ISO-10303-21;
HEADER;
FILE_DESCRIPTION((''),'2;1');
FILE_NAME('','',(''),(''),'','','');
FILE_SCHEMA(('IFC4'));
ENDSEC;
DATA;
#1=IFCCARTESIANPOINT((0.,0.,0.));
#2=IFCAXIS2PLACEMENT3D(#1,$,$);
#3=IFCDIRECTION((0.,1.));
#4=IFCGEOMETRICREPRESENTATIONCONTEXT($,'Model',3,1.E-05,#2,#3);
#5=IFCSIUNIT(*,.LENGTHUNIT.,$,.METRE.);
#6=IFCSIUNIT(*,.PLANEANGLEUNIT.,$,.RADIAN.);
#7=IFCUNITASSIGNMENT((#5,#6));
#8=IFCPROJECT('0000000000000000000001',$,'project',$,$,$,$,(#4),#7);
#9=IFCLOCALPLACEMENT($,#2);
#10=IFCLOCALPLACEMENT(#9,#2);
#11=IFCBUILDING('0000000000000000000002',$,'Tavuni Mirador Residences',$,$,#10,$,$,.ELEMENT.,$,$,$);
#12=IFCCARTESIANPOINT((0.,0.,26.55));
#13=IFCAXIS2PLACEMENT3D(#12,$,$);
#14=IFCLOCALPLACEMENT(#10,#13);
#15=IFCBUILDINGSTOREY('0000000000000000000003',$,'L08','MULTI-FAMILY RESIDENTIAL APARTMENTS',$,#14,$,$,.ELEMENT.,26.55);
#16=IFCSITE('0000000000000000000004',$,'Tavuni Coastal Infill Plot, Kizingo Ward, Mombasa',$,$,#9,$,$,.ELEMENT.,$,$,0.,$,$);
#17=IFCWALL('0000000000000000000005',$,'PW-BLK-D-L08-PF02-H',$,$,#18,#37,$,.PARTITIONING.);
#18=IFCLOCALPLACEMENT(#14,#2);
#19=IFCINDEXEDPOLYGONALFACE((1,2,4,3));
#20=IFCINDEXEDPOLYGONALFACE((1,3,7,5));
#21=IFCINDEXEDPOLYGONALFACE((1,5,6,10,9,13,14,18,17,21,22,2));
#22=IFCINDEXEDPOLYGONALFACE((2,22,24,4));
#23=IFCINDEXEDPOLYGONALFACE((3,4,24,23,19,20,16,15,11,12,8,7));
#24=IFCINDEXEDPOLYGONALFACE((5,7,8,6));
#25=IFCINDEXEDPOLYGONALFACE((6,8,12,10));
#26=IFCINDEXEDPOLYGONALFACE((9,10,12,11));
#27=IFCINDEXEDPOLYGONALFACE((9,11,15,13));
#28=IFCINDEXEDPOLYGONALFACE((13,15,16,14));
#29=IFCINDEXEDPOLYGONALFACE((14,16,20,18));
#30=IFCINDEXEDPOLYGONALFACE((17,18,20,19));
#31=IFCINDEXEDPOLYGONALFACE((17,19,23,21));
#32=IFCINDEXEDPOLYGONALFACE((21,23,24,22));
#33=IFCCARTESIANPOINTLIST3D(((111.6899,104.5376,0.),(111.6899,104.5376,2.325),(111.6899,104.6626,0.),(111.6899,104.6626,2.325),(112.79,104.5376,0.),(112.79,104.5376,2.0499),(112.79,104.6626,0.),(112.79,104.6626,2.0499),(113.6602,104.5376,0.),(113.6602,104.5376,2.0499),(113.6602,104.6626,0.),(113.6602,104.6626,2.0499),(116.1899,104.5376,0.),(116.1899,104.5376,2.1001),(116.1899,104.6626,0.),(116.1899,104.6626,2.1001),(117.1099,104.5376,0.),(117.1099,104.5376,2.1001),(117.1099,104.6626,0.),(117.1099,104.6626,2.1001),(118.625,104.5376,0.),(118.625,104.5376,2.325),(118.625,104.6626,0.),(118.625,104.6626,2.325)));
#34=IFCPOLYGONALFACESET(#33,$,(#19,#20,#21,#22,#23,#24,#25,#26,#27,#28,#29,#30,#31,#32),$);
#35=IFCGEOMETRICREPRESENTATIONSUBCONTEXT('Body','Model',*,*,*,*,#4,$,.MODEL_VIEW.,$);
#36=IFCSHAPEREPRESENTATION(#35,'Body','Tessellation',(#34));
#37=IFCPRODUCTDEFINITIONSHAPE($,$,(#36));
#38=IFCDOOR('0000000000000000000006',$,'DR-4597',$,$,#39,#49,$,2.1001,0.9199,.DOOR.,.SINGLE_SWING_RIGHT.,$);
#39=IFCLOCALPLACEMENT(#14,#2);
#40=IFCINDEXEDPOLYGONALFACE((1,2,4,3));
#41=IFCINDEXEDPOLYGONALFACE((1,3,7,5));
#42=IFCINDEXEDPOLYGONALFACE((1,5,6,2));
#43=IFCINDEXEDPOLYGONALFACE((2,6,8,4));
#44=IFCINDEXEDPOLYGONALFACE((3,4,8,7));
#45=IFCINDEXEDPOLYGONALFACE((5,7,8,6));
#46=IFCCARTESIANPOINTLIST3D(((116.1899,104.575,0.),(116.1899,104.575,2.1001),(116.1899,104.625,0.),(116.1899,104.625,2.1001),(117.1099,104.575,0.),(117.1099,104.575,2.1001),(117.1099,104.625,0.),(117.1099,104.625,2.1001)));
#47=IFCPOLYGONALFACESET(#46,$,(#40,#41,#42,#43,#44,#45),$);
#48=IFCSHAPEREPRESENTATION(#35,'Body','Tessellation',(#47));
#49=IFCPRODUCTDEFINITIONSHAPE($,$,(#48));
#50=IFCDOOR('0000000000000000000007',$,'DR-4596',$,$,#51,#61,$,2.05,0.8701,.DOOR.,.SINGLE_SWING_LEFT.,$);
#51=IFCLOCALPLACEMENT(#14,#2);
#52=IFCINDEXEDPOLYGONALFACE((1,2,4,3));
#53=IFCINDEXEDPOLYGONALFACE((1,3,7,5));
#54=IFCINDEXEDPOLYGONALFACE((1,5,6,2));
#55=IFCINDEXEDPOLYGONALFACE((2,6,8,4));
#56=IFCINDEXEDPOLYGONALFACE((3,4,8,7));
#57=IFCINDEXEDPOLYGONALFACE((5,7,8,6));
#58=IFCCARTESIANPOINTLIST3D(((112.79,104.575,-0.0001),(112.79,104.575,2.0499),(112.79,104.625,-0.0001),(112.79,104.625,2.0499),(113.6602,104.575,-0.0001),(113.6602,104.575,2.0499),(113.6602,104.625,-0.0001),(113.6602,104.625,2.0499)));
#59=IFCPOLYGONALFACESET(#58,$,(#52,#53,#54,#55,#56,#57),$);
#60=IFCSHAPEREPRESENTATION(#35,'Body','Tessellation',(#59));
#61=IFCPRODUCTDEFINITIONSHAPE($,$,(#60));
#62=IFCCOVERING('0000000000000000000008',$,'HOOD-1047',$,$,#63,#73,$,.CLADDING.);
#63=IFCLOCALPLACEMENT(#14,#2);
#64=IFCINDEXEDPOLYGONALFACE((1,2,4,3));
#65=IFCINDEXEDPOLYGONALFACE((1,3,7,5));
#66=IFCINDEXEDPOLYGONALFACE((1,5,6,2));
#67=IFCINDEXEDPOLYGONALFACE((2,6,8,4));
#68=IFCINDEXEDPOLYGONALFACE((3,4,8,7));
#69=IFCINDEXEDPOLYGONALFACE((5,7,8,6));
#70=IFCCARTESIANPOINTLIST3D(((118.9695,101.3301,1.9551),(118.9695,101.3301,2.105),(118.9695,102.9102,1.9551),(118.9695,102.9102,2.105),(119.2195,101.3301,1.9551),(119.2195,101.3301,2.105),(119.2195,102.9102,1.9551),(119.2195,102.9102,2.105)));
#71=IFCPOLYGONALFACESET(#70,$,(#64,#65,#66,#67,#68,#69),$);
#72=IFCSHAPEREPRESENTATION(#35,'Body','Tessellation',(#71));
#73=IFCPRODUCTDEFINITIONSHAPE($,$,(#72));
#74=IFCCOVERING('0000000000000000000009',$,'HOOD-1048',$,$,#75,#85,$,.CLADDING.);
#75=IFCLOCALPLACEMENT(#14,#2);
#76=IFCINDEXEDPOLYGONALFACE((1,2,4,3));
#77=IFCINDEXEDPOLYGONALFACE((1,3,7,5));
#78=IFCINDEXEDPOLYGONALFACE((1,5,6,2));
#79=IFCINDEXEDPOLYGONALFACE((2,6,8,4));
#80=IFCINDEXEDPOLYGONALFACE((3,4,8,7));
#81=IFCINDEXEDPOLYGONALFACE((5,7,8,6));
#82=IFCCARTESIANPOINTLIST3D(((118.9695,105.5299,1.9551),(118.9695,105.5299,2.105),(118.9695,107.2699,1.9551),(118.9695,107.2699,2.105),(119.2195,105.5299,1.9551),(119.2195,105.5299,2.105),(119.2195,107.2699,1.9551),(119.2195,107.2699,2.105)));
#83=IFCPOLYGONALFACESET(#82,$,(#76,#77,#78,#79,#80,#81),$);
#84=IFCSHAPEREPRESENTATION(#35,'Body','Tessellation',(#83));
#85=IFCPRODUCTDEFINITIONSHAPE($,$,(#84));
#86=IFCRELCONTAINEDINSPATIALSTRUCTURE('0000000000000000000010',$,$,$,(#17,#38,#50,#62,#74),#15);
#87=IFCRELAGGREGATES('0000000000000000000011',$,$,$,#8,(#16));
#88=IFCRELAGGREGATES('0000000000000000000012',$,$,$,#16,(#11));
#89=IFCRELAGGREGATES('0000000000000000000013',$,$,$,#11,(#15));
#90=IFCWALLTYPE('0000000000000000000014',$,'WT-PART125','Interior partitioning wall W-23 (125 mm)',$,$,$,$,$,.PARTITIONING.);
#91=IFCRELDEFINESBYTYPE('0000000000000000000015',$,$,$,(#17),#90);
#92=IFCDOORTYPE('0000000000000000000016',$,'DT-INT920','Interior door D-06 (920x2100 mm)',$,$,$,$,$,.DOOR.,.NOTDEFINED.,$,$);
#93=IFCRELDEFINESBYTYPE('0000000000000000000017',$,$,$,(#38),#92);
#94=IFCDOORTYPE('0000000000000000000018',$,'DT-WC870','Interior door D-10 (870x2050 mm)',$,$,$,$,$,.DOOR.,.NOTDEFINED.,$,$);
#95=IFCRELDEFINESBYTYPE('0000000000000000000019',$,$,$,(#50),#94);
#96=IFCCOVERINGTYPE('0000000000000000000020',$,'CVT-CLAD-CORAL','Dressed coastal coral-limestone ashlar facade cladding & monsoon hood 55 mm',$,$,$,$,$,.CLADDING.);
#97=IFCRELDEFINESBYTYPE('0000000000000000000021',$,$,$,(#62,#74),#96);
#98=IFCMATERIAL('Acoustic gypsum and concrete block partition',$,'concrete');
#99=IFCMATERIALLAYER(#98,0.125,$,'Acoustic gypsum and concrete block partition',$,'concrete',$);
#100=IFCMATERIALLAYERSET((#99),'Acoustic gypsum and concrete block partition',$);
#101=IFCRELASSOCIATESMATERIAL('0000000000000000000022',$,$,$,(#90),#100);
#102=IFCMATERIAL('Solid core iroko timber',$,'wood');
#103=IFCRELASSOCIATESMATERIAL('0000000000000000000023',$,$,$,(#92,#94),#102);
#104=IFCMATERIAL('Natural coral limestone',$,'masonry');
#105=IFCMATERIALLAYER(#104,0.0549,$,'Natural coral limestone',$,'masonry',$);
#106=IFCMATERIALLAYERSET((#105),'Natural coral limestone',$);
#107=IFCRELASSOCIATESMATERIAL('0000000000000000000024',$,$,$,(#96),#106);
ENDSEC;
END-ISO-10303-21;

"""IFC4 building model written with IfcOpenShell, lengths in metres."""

from ifc_helpers import new_model, si_unit, direction, frame, frame_2d, origin, origin_2d, place, context, subcontext, project, spatial, rectangle, extrude, material, layer, layer_set, type_object, element, fill, save


model = new_model("IFC4")

# Units and contexts
model_context = context("Model", 3, precision=1e-05, world=origin(), true_north=direction((0.0, 1.0)))
body_context = subcontext(model_context, "Body", "Model", "MODEL_VIEW")
ifc_project = project(units=[si_unit("LENGTHUNIT", "METRE"), si_unit("PLANEANGLEUNIT", "RADIAN")], contexts=[model_context])

# Site, building, storey
site_placement = place(None, origin())
site = spatial("IfcSite", under=ifc_project, at=site_placement, Name="Tavuni Coastal Infill Plot, Kizingo Ward, Mombasa", CompositionType="ELEMENT", RefElevation=0.0)
building_placement = place(site_placement, origin())
building = spatial("IfcBuilding", under=site, at=building_placement, Name="Tavuni Mirador Residences", CompositionType="ELEMENT")
storey_placement = place(building_placement, frame((0.0, 0.0, 26.55)))
storey = spatial("IfcBuildingStorey", under=building, at=storey_placement, Name="L08", Description="MULTI-FAMILY RESIDENTIAL APARTMENTS", CompositionType="ELEMENT", Elevation=26.55)

# Shared definitions
ifc_material_1 = material(Name="Solid core iroko timber", Category="wood")

# Shared definitions
ifc_material_2 = material(Name="Acoustic gypsum and concrete block partition", Category="concrete")

# Wall, openings, doors
ifc_layer_1 = layer(ifc_material_2, 0.125, Name="Acoustic gypsum and concrete block partition", Category="concrete")
ifc_layer_set_1 = layer_set([ifc_layer_1], Name="Acoustic gypsum and concrete block partition")
wall_type_1 = type_object("IfcWallType", Name="WT-PART125", Description="Interior partitioning wall W-23 (125 mm)", PredefinedType="PARTITIONING", material=ifc_layer_set_1)
wall_1_placement = place(storey_placement, frame((111.6899, 104.6001, 0.0), z_axis=(0.0, 0.0, 1.0), x_axis=(1.0, 0.0, 0.0)))
wall_1 = element("IfcWall", 1, at=wall_1_placement, inside=storey, type_object=wall_type_1, Name="PW-BLK-D-L08-PF02-H", PredefinedType="PARTITIONING", context=body_context, shape_type="SweptSolid", body=[
    extrude(rectangle(XDim=6.9351, YDim=0.125, at=frame_2d((3.4675, 0.0))), origin(), (0.0, 0.0, 1.0), 2.325),
])
opening_1_placement = place(wall_1_placement, frame((1.1001, 0.0, 0.0)))
opening_1 = element("IfcOpeningElement", 2, at=opening_1_placement, cuts=wall_1, PredefinedType="OPENING", context=body_context, shape_type="SweptSolid", body=[
    extrude(rectangle(XDim=0.8701, YDim=2.05, at=frame_2d((0.4351, 1.0249))), frame((0.0, 0.0725, 0.0), z_axis=(0.0, -1.0, 0.0), x_axis=(1.0, 0.0, 0.0)), (0.0, 0.0, 1.0), 0.145),
])
opening_2_placement = place(wall_1_placement, frame((4.5, 0.0, 0.0)))
opening_2 = element("IfcOpeningElement", 3, at=opening_2_placement, cuts=wall_1, PredefinedType="OPENING", context=body_context, shape_type="SweptSolid", body=[
    extrude(rectangle(XDim=0.9199, YDim=2.1001, at=frame_2d((0.46, 1.05))), frame((0.0, 0.0725, 0.0), z_axis=(0.0, -1.0, 0.0), x_axis=(1.0, 0.0, 0.0)), (0.0, 0.0, 1.0), 0.145),
])
door_type_1 = type_object("IfcDoorType", Name="DT-INT920", Description="Interior door D-06 (920x2100 mm)", OperationType="NOTDEFINED", PredefinedType="DOOR", material=ifc_material_1)
door_1_placement = place(opening_2_placement, origin())
door_1 = element("IfcDoor", 4, at=door_1_placement, inside=storey, type_object=door_type_1, Name="DR-4597", OperationType="SINGLE_SWING_RIGHT", OverallHeight=2.1001, OverallWidth=0.9199, PredefinedType="DOOR", context=body_context, shape_type="SweptSolid", body=[
    extrude(rectangle(XDim=0.9199, YDim=2.1001, at=frame_2d((0.46, 1.05))), frame((0.0, 0.0249, 0.0), z_axis=(0.0, -1.0, 0.0), x_axis=(1.0, 0.0, 0.0)), (0.0, 0.0, 1.0), 0.05),
])
fill(opening_2, door_1)
door_type_2 = type_object("IfcDoorType", Name="DT-WC870", Description="Interior door D-10 (870x2050 mm)", OperationType="NOTDEFINED", PredefinedType="DOOR", material=ifc_material_1)
door_2_placement = place(opening_1_placement, origin())
door_2 = element("IfcDoor", 5, at=door_2_placement, inside=storey, type_object=door_type_2, Name="DR-4596", OperationType="SINGLE_SWING_LEFT", OverallHeight=2.05, OverallWidth=0.8701, PredefinedType="DOOR", context=body_context, shape_type="SweptSolid", body=[
    extrude(rectangle(XDim=0.8701, YDim=2.05, at=frame_2d((0.4351, 1.0249))), frame((0.0, 0.0249, 0.0), z_axis=(0.0, -1.0, 0.0), x_axis=(1.0, 0.0, 0.0)), (0.0, 0.0, 1.0), 0.05),
])
fill(opening_1, door_2)

# Coverings
ifc_material_3 = material(Name="Natural coral limestone", Category="masonry")
ifc_layer_2 = layer(ifc_material_3, 0.0549, Name="Natural coral limestone", Category="masonry")
ifc_layer_set_2 = layer_set([ifc_layer_2], Name="Natural coral limestone")
covering_type = type_object("IfcCoveringType", Name="CVT-CLAD-CORAL", Description="Dressed coastal coral-limestone ashlar facade cladding & monsoon hood 55 mm", PredefinedType="CLADDING", material=ifc_layer_set_2)
covering_1_placement = place(storey_placement, frame((119.0945, 102.1201, 1.9551), z_axis=(0.0, 0.0, 1.0), x_axis=(0.0, 1.0, 0.0)))
element("IfcCovering", 6, at=covering_1_placement, inside=storey, type_object=covering_type, Name="HOOD-1047", PredefinedType="CLADDING", context=body_context, shape_type="SweptSolid", body=[
    extrude(rectangle(XDim=1.5801, YDim=0.25, at=origin_2d()), origin(), (0.0, 0.0, 1.0), 0.1499),
])
covering_2_placement = place(storey_placement, frame((119.0945, 106.3999, 1.9551), z_axis=(0.0, 0.0, 1.0), x_axis=(0.0, 1.0, 0.0)))
element("IfcCovering", 7, at=covering_2_placement, inside=storey, type_object=covering_type, Name="HOOD-1048", PredefinedType="CLADDING", context=body_context, shape_type="SweptSolid", body=[
    extrude(rectangle(XDim=1.74, YDim=0.25, at=origin_2d()), origin(), (0.0, 0.0, 1.0), 0.1499),
])

save(model, "model.ifc")
